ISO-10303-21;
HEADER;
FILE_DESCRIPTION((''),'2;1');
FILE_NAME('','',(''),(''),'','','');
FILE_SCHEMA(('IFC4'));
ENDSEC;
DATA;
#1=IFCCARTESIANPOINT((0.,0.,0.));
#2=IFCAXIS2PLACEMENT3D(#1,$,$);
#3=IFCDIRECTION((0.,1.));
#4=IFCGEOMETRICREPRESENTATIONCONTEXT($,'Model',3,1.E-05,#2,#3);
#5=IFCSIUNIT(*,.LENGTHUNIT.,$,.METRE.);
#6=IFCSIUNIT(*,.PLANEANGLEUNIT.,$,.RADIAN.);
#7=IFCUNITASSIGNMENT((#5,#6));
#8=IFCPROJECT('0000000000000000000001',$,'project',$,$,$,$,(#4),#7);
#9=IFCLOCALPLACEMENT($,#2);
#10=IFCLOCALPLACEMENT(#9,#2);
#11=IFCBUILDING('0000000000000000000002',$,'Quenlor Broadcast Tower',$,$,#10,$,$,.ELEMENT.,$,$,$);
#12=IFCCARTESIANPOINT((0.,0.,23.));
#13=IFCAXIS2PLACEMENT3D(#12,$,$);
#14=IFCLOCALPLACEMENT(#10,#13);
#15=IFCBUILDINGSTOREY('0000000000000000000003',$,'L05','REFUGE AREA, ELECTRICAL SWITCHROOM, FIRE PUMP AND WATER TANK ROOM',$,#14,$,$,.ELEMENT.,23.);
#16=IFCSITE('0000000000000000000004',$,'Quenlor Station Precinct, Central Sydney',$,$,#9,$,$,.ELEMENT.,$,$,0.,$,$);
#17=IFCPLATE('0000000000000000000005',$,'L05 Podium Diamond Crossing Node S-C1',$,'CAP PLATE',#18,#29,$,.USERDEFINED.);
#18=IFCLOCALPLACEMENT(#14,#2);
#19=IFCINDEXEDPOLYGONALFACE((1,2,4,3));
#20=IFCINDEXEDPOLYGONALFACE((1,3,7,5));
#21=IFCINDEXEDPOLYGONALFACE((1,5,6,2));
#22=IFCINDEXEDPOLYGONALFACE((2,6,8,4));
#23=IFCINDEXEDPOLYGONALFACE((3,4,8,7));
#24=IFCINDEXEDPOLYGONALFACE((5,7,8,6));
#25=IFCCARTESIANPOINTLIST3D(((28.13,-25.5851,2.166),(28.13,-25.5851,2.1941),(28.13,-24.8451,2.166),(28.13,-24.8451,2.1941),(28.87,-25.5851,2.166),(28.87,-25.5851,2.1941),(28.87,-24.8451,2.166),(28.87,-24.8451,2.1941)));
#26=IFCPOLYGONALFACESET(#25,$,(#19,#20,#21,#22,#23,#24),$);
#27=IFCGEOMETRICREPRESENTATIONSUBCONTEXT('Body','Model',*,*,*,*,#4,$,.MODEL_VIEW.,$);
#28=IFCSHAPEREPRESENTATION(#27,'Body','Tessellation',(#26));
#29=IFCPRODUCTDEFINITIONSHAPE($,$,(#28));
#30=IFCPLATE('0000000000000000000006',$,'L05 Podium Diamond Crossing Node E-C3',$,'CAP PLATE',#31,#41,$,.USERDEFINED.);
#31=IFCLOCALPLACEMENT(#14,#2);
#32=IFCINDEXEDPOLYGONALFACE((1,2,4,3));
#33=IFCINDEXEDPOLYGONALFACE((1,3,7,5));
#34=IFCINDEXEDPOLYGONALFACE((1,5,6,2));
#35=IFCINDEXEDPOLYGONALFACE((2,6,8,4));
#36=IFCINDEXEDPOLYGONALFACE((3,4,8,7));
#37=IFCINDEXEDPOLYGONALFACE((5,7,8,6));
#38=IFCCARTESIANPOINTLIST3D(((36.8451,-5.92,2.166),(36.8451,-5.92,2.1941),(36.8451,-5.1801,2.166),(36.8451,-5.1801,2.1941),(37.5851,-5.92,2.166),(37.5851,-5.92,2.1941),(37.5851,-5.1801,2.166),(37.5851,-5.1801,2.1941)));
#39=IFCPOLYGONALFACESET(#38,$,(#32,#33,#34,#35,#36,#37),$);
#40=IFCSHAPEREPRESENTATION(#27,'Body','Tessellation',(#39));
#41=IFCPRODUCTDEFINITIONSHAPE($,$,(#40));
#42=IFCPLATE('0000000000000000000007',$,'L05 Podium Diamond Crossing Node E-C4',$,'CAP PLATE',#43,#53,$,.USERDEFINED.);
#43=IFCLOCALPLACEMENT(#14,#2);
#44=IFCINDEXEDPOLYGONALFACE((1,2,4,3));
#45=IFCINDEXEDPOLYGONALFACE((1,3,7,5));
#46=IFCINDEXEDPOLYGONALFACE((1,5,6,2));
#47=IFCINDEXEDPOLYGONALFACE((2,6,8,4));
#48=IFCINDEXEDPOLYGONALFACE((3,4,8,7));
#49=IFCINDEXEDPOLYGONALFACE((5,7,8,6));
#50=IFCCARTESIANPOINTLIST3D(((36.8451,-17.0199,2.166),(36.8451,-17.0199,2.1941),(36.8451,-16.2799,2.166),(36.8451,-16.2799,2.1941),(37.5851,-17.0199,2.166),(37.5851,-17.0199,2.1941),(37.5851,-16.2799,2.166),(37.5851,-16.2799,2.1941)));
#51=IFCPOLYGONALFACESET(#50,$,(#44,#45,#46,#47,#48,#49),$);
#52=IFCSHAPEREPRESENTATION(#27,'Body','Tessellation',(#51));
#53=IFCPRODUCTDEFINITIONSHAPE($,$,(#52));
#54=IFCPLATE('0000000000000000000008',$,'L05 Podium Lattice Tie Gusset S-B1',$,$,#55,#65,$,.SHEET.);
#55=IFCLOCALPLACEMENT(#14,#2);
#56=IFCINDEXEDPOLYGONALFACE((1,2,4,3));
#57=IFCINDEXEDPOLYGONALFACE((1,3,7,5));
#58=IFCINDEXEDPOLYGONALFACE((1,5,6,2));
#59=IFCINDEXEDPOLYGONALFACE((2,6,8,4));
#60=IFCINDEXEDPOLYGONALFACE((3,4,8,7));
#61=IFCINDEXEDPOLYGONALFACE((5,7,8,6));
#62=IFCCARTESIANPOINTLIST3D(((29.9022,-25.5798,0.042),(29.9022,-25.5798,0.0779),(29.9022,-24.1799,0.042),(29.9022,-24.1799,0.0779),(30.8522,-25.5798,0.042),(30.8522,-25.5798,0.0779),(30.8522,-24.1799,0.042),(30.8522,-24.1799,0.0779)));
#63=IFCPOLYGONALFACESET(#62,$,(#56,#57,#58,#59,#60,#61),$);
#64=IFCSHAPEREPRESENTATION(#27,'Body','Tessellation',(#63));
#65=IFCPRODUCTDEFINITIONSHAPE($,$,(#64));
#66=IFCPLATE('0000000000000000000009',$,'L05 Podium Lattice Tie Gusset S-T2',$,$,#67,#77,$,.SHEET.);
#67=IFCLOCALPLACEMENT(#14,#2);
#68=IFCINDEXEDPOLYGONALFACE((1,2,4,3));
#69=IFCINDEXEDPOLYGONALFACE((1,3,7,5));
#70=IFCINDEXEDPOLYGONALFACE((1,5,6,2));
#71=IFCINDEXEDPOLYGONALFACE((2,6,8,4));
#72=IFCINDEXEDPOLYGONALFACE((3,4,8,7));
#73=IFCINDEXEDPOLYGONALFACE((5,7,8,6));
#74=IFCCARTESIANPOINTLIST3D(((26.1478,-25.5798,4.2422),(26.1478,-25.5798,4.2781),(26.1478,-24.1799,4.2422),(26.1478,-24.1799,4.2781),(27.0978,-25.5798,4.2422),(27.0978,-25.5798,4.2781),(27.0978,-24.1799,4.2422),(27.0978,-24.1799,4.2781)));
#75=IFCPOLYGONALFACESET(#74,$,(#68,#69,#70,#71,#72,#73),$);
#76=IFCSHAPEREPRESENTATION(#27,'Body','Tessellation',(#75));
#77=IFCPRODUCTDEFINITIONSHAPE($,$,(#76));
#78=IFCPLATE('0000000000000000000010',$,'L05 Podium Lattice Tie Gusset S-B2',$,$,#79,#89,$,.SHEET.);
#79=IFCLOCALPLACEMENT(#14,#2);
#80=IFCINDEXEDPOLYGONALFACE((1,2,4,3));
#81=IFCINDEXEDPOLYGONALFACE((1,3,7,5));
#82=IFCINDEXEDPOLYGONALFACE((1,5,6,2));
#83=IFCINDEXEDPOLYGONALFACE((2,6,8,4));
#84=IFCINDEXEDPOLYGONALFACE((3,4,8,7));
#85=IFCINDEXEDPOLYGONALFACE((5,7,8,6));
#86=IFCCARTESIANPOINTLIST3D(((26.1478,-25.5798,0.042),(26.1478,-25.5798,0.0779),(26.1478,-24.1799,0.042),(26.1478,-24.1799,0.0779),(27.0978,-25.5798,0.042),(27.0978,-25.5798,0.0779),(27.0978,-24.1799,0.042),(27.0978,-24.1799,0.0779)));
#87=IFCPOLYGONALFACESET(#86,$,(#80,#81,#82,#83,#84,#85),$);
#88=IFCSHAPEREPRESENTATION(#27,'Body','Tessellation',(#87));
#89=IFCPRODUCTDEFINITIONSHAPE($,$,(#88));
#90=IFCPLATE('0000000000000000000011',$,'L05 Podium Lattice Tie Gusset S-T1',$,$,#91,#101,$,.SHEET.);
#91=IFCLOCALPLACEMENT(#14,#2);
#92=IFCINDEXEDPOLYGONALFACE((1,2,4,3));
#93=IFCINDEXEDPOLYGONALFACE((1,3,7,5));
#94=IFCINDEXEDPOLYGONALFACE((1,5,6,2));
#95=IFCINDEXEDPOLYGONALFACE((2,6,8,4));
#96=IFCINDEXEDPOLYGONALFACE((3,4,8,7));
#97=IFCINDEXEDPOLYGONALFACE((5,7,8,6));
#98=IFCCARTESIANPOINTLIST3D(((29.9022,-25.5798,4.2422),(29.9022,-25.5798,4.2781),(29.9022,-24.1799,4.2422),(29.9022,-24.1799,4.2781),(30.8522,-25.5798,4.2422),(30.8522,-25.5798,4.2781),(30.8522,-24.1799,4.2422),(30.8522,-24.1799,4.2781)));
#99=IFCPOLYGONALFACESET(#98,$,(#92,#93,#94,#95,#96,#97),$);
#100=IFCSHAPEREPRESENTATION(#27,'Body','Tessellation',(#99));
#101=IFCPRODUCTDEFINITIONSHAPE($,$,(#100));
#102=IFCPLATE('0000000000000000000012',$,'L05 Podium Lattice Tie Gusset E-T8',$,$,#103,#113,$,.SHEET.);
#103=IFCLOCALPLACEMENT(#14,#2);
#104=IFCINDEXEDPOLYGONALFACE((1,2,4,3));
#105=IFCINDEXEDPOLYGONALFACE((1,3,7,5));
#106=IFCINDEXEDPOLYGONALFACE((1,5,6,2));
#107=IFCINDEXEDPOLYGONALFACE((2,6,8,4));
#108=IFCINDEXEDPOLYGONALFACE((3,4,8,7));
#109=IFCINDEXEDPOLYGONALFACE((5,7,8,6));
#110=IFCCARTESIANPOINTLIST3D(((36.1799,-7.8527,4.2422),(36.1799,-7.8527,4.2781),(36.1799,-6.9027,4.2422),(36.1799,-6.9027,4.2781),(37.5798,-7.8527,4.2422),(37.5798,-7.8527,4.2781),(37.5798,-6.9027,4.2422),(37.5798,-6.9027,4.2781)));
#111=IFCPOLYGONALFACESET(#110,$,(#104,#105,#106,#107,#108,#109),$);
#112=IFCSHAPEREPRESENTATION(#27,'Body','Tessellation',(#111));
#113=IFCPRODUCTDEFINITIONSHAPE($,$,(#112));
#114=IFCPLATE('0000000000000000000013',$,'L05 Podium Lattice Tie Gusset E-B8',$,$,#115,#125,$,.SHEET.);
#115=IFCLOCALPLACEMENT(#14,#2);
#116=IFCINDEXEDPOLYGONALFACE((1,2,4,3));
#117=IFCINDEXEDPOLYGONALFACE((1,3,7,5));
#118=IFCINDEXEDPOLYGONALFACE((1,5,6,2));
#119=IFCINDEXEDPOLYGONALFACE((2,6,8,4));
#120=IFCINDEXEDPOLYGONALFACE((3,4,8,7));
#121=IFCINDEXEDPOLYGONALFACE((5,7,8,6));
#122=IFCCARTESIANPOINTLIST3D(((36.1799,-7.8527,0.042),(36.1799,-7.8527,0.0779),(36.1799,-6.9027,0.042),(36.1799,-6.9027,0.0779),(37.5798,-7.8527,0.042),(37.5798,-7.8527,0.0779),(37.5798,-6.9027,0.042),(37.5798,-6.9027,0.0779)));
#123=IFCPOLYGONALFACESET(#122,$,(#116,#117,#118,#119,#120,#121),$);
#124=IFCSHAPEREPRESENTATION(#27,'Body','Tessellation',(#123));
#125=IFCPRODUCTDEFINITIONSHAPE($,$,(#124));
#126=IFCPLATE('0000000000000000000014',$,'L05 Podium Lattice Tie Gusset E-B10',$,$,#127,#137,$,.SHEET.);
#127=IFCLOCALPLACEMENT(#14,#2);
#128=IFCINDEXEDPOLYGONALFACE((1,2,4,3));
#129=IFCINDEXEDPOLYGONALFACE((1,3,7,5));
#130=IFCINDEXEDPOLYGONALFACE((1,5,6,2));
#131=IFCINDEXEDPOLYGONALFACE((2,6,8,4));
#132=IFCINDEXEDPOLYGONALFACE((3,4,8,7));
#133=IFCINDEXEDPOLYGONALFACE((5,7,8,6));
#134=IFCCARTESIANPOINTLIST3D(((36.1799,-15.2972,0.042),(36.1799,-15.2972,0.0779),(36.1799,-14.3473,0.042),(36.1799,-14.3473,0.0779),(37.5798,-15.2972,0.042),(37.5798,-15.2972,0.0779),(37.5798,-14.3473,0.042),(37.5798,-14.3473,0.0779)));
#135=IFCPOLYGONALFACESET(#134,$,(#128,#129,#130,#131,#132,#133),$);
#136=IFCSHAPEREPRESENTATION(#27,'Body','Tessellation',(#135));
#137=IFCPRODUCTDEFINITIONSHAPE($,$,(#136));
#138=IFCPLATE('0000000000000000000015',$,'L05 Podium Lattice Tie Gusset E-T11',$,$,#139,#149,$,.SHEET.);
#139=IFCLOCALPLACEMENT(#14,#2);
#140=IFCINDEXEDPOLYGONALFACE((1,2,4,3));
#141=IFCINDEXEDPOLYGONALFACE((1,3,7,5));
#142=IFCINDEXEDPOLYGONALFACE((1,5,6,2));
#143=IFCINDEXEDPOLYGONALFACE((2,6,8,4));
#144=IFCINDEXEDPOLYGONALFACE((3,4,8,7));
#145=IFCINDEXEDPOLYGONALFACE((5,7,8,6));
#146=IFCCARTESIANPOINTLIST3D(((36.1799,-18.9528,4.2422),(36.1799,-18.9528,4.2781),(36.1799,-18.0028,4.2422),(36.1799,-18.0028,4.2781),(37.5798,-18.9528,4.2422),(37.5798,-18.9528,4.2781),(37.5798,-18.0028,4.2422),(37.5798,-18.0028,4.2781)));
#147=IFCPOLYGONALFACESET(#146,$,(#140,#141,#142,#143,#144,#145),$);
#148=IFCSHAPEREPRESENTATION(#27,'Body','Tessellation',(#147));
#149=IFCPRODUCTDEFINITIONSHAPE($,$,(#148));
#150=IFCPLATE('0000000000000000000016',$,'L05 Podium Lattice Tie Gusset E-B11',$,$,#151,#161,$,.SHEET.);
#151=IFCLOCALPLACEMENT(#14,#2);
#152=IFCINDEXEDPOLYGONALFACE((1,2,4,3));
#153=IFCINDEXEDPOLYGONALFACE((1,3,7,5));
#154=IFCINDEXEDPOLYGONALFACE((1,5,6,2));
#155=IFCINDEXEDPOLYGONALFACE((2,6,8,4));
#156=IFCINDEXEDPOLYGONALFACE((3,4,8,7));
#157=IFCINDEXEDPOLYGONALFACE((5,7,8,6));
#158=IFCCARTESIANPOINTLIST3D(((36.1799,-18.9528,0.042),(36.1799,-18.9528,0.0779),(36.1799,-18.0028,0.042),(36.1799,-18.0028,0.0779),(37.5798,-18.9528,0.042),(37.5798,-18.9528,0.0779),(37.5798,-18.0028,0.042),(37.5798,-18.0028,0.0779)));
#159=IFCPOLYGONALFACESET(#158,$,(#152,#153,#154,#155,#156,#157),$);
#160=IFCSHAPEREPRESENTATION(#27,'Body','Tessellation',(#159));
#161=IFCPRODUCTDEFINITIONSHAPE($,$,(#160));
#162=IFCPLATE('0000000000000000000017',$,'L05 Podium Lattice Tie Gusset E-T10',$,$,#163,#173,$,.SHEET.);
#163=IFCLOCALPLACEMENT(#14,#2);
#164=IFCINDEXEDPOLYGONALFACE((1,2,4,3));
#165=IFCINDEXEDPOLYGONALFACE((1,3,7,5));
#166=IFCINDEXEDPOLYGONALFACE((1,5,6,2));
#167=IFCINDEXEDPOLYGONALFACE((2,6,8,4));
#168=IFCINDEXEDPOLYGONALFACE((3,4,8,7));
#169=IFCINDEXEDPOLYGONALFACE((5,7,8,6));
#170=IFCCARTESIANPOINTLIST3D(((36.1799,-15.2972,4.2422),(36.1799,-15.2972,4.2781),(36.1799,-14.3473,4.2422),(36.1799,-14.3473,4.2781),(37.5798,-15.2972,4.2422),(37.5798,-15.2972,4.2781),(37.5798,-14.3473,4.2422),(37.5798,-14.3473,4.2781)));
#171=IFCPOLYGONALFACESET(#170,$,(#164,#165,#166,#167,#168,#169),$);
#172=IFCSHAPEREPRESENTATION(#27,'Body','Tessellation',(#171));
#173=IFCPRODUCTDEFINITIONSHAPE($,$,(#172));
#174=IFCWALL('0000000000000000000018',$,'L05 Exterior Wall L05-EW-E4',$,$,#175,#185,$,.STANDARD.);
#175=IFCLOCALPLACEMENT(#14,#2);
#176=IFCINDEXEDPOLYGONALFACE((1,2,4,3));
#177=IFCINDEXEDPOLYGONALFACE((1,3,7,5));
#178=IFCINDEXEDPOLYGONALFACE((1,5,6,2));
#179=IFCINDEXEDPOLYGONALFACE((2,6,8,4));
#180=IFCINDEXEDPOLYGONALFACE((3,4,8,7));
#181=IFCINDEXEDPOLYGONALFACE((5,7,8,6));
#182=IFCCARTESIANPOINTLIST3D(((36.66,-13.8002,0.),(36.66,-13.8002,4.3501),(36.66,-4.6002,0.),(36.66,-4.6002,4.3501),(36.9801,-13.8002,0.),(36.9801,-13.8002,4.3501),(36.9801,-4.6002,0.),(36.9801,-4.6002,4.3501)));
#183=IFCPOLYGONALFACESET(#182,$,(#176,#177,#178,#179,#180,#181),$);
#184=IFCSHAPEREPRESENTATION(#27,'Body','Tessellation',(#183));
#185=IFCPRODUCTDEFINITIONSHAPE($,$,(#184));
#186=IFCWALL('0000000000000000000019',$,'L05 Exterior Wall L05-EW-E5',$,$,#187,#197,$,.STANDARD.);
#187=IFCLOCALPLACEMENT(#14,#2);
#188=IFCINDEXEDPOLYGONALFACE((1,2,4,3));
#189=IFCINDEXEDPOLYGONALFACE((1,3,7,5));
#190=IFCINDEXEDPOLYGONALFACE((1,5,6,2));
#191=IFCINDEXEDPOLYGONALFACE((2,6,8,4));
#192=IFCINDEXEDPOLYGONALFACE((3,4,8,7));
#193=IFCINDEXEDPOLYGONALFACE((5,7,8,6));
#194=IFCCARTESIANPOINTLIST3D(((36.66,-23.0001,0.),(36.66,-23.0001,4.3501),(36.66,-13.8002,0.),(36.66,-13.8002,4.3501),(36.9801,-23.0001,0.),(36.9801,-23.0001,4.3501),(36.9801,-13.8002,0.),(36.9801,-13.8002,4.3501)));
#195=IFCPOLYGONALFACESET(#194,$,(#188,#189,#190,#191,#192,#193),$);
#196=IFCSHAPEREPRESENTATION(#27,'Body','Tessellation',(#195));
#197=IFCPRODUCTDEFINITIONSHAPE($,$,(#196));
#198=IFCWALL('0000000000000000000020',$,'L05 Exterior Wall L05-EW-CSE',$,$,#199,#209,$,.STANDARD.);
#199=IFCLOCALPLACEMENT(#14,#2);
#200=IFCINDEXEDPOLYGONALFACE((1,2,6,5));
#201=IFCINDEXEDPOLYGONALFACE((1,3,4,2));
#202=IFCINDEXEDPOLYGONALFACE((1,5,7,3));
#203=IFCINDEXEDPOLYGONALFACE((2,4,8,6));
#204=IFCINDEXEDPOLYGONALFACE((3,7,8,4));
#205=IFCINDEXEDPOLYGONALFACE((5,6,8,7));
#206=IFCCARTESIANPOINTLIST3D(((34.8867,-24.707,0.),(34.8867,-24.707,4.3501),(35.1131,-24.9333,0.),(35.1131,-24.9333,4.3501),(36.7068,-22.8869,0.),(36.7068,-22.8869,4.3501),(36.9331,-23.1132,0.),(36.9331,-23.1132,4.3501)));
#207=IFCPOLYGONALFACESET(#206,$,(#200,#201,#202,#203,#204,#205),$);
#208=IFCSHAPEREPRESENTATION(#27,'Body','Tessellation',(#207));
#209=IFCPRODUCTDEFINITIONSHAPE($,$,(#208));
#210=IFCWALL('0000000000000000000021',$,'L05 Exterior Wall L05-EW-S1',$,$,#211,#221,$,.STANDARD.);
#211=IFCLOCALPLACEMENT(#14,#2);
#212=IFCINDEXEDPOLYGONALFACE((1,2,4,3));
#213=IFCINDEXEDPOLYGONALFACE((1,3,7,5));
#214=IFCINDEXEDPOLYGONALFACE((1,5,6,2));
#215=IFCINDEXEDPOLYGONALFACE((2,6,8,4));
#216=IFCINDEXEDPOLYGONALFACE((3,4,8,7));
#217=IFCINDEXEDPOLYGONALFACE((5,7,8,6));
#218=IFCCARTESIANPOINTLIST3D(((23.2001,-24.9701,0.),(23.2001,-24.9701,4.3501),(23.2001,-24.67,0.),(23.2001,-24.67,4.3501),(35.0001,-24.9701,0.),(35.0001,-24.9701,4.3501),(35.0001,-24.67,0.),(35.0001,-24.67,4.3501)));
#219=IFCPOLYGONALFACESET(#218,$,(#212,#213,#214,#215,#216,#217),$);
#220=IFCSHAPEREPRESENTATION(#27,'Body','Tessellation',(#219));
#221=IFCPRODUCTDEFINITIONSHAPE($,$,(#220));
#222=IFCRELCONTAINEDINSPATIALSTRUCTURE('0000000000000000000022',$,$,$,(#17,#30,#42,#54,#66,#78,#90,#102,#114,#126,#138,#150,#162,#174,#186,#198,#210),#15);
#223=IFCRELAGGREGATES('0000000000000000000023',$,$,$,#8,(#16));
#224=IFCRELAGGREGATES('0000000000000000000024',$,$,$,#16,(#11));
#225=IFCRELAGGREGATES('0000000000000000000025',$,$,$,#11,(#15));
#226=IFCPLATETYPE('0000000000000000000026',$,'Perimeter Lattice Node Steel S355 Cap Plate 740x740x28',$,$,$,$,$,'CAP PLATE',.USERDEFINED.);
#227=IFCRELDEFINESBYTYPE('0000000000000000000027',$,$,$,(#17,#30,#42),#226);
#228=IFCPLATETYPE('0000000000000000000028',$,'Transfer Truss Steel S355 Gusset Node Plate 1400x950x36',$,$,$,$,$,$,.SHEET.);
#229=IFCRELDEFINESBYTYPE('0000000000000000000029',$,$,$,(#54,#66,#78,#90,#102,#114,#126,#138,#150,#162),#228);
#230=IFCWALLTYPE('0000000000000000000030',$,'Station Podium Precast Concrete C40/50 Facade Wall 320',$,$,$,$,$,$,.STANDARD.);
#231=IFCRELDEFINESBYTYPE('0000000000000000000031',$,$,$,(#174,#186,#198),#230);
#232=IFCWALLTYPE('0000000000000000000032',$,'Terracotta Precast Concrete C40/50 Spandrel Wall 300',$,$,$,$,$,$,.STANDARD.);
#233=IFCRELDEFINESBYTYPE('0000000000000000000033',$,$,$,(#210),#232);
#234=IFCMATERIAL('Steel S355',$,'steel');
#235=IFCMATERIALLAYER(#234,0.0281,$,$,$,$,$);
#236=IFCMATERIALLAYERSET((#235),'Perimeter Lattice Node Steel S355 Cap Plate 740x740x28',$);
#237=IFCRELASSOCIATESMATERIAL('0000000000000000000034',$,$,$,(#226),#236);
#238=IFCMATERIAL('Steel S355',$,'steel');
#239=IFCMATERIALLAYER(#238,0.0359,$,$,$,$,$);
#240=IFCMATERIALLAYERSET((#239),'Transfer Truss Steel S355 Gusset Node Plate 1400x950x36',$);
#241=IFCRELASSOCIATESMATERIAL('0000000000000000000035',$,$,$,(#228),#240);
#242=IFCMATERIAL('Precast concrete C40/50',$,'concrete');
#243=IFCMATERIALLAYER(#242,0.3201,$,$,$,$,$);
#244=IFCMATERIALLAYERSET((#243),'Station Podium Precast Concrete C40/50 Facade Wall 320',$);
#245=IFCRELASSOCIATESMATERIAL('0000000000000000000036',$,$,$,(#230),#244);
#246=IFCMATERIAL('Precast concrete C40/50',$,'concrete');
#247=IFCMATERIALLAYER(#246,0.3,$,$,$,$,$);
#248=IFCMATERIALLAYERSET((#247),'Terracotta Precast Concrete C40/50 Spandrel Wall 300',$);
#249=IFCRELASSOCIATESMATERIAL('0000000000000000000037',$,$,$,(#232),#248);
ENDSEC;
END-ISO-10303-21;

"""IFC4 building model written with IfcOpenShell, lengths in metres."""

from ifc_helpers import new_model, si_unit, direction, frame, frame_2d, origin, origin_2d, place, context, subcontext, project, spatial, rectangle, extrude, material, layer, layer_set, type_object, element, save


model = new_model("IFC4")

# Units and contexts
model_context = context("Model", 3, precision=1e-05, world=origin(), true_north=direction((0.0, 1.0)))
body_context = subcontext(model_context, "Body", "Model", "MODEL_VIEW")
ifc_project = project(units=[si_unit("LENGTHUNIT", "METRE"), si_unit("PLANEANGLEUNIT", "RADIAN")], contexts=[model_context])

# Site, building, storey
site_placement = place(None, origin())
site = spatial("IfcSite", under=ifc_project, at=site_placement, Name="Quenlor Station Precinct, Central Sydney", CompositionType="ELEMENT", RefElevation=0.0)
building_placement = place(site_placement, origin())
building = spatial("IfcBuilding", under=site, at=building_placement, Name="Quenlor Broadcast Tower", CompositionType="ELEMENT")
storey_placement = place(building_placement, frame((0.0, 0.0, 23.0)))
storey = spatial("IfcBuildingStorey", under=building, at=storey_placement, Name="L05", Description="REFUGE AREA, ELECTRICAL SWITCHROOM, FIRE PUMP AND WATER TANK ROOM", CompositionType="ELEMENT", Elevation=23.0)

# Plates
ifc_material_1 = material(Name="Steel S355", Category="steel")
ifc_layer_1 = layer(ifc_material_1, 0.0281)
ifc_layer_set_1 = layer_set([ifc_layer_1], Name="Perimeter Lattice Node Steel S355 Cap Plate 740x740x28")
plate_type_1 = type_object("IfcPlateType", Name="Perimeter Lattice Node Steel S355 Cap Plate 740x740x28", ElementType="CAP PLATE", PredefinedType="USERDEFINED", material=ifc_layer_set_1)
for number, where, z_axis, x_axis, name in (
    (1, (28.5, -25.2151, 2.166), (0.0, 0.0, 1.0), (-1.0, 0.0, 0.0), "L05 Podium Diamond Crossing Node S-C1"),
    (2, (37.2151, -5.55, 2.166), (0.0, 0.0, 1.0), (0.0, -1.0, 0.0), "L05 Podium Diamond Crossing Node E-C3"),
    (3, (37.2151, -16.6499, 2.166), (0.0, 0.0, 1.0), (0.0, -1.0, 0.0), "L05 Podium Diamond Crossing Node E-C4"),
):
    element("IfcPlate", number, at=place(storey_placement, frame(where, z_axis=z_axis, x_axis=x_axis)), inside=storey, type_object=plate_type_1, Name=name, ObjectType="CAP PLATE", PredefinedType="USERDEFINED", context=body_context, shape_type="SweptSolid", body=[
        extrude(rectangle(XDim=0.74, YDim=0.74, at=origin_2d()), origin(), (0.0, 0.0, 1.0), 0.0281),
    ])
ifc_material_2 = material(Name="Steel S355", Category="steel")
ifc_layer_2 = layer(ifc_material_2, 0.0359)
ifc_layer_set_2 = layer_set([ifc_layer_2], Name="Transfer Truss Steel S355 Gusset Node Plate 1400x950x36")
plate_type_2 = type_object("IfcPlateType", Name="Transfer Truss Steel S355 Gusset Node Plate 1400x950x36", PredefinedType="SHEET", material=ifc_layer_set_2)
for number, where, z_axis, x_axis, name in (
    (4, (30.3772, -24.8799, 0.042), (0.0, 0.0, 1.0), (0.0, -1.0, 0.0), "L05 Podium Lattice Tie Gusset S-B1"),
    (5, (26.6228, -24.8799, 4.2422), (0.0, 0.0, 1.0), (0.0, -1.0, 0.0), "L05 Podium Lattice Tie Gusset S-T2"),
    (6, (26.6228, -24.8799, 0.042), (0.0, 0.0, 1.0), (0.0, -1.0, 0.0), "L05 Podium Lattice Tie Gusset S-B2"),
    (7, (30.3772, -24.8799, 4.2422), (0.0, 0.0, 1.0), (0.0, -1.0, 0.0), "L05 Podium Lattice Tie Gusset S-T1"),
    (8, (36.8799, -7.3777, 4.2422), (0.0, 0.0, 1.0), (1.0, 0.0, 0.0), "L05 Podium Lattice Tie Gusset E-T8"),
    (9, (36.8799, -7.3777, 0.042), (0.0, 0.0, 1.0), (1.0, 0.0, 0.0), "L05 Podium Lattice Tie Gusset E-B8"),
    (10, (36.8799, -14.8223, 0.042), (0.0, 0.0, 1.0), (1.0, 0.0, 0.0), "L05 Podium Lattice Tie Gusset E-B10"),
    (11, (36.8799, -18.4778, 4.2422), (0.0, 0.0, 1.0), (1.0, 0.0, 0.0), "L05 Podium Lattice Tie Gusset E-T11"),
    (12, (36.8799, -18.4778, 0.042), (0.0, 0.0, 1.0), (1.0, 0.0, 0.0), "L05 Podium Lattice Tie Gusset E-B11"),
    (13, (36.8799, -14.8223, 4.2422), (0.0, 0.0, 1.0), (1.0, 0.0, 0.0), "L05 Podium Lattice Tie Gusset E-T10"),
):
    element("IfcPlate", number, at=place(storey_placement, frame(where, z_axis=z_axis, x_axis=x_axis)), inside=storey, type_object=plate_type_2, Name=name, PredefinedType="SHEET", context=body_context, shape_type="SweptSolid", body=[
        extrude(rectangle(XDim=1.3999, YDim=0.95, at=origin_2d()), origin(), (0.0, 0.0, 1.0), 0.0359),
    ])

# Walls
ifc_material_3 = material(Name="Precast concrete C40/50", Category="concrete")
ifc_layer_3 = layer(ifc_material_3, 0.3201)
ifc_layer_set_3 = layer_set([ifc_layer_3], Name="Station Podium Precast Concrete C40/50 Facade Wall 320")
wall_type_1 = type_object("IfcWallType", Name="Station Podium Precast Concrete C40/50 Facade Wall 320", PredefinedType="STANDARD", material=ifc_layer_set_3)
for number, where, z_axis, x_axis, name in (
    (14, (36.8201, -4.6001, 0.0), (0.0, 0.0, 1.0), (0.0, -1.0, 0.0), "L05 Exterior Wall L05-EW-E4"),
    (15, (36.8201, -13.8, 0.0), (0.0, 0.0, 1.0), (0.0, -1.0, 0.0), "L05 Exterior Wall L05-EW-E5"),
):
    element("IfcWall", number, at=place(storey_placement, frame(where, z_axis=z_axis, x_axis=x_axis)), inside=storey, type_object=wall_type_1, Name=name, PredefinedType="STANDARD", context=body_context, shape_type="SweptSolid", body=[
        extrude(rectangle(XDim=9.2, YDim=0.3201, at=frame_2d((4.6001, 0.0))), origin(), (0.0, 0.0, 1.0), 4.3501),
    ])
wall_1_placement = place(storey_placement, frame((36.8201, -23.0, 0.0), z_axis=(0.0, 0.0, 1.0), x_axis=(-0.707107, -0.707107, 0.0)))
element("IfcWall", 16, at=wall_1_placement, inside=storey, type_object=wall_type_1, Name="L05 Exterior Wall L05-EW-CSE", PredefinedType="STANDARD", context=body_context, shape_type="SweptSolid", body=[
    extrude(rectangle(XDim=2.574, YDim=0.3201, at=frame_2d((1.2871, 0.0))), origin(), (0.0, 0.0, 1.0), 4.3501),
])
ifc_material_4 = material(Name="Precast concrete C40/50", Category="concrete")
ifc_layer_4 = layer(ifc_material_4, 0.3)
ifc_layer_set_4 = layer_set([ifc_layer_4], Name="Terracotta Precast Concrete C40/50 Spandrel Wall 300")
wall_type_2 = type_object("IfcWallType", Name="Terracotta Precast Concrete C40/50 Spandrel Wall 300", PredefinedType="STANDARD", material=ifc_layer_set_4)
wall_2_placement = place(storey_placement, frame((35.0, -24.8201, 0.0), z_axis=(0.0, 0.0, 1.0), x_axis=(-1.0, 0.0, 0.0)))
element("IfcWall", 17, at=wall_2_placement, inside=storey, type_object=wall_type_2, Name="L05 Exterior Wall L05-EW-S1", PredefinedType="STANDARD", context=body_context, shape_type="SweptSolid", body=[
    extrude(rectangle(XDim=11.8, YDim=0.3, at=frame_2d((5.8999, 0.0))), origin(), (0.0, 0.0, 1.0), 4.3501),
])

save(model, "model.ifc")
